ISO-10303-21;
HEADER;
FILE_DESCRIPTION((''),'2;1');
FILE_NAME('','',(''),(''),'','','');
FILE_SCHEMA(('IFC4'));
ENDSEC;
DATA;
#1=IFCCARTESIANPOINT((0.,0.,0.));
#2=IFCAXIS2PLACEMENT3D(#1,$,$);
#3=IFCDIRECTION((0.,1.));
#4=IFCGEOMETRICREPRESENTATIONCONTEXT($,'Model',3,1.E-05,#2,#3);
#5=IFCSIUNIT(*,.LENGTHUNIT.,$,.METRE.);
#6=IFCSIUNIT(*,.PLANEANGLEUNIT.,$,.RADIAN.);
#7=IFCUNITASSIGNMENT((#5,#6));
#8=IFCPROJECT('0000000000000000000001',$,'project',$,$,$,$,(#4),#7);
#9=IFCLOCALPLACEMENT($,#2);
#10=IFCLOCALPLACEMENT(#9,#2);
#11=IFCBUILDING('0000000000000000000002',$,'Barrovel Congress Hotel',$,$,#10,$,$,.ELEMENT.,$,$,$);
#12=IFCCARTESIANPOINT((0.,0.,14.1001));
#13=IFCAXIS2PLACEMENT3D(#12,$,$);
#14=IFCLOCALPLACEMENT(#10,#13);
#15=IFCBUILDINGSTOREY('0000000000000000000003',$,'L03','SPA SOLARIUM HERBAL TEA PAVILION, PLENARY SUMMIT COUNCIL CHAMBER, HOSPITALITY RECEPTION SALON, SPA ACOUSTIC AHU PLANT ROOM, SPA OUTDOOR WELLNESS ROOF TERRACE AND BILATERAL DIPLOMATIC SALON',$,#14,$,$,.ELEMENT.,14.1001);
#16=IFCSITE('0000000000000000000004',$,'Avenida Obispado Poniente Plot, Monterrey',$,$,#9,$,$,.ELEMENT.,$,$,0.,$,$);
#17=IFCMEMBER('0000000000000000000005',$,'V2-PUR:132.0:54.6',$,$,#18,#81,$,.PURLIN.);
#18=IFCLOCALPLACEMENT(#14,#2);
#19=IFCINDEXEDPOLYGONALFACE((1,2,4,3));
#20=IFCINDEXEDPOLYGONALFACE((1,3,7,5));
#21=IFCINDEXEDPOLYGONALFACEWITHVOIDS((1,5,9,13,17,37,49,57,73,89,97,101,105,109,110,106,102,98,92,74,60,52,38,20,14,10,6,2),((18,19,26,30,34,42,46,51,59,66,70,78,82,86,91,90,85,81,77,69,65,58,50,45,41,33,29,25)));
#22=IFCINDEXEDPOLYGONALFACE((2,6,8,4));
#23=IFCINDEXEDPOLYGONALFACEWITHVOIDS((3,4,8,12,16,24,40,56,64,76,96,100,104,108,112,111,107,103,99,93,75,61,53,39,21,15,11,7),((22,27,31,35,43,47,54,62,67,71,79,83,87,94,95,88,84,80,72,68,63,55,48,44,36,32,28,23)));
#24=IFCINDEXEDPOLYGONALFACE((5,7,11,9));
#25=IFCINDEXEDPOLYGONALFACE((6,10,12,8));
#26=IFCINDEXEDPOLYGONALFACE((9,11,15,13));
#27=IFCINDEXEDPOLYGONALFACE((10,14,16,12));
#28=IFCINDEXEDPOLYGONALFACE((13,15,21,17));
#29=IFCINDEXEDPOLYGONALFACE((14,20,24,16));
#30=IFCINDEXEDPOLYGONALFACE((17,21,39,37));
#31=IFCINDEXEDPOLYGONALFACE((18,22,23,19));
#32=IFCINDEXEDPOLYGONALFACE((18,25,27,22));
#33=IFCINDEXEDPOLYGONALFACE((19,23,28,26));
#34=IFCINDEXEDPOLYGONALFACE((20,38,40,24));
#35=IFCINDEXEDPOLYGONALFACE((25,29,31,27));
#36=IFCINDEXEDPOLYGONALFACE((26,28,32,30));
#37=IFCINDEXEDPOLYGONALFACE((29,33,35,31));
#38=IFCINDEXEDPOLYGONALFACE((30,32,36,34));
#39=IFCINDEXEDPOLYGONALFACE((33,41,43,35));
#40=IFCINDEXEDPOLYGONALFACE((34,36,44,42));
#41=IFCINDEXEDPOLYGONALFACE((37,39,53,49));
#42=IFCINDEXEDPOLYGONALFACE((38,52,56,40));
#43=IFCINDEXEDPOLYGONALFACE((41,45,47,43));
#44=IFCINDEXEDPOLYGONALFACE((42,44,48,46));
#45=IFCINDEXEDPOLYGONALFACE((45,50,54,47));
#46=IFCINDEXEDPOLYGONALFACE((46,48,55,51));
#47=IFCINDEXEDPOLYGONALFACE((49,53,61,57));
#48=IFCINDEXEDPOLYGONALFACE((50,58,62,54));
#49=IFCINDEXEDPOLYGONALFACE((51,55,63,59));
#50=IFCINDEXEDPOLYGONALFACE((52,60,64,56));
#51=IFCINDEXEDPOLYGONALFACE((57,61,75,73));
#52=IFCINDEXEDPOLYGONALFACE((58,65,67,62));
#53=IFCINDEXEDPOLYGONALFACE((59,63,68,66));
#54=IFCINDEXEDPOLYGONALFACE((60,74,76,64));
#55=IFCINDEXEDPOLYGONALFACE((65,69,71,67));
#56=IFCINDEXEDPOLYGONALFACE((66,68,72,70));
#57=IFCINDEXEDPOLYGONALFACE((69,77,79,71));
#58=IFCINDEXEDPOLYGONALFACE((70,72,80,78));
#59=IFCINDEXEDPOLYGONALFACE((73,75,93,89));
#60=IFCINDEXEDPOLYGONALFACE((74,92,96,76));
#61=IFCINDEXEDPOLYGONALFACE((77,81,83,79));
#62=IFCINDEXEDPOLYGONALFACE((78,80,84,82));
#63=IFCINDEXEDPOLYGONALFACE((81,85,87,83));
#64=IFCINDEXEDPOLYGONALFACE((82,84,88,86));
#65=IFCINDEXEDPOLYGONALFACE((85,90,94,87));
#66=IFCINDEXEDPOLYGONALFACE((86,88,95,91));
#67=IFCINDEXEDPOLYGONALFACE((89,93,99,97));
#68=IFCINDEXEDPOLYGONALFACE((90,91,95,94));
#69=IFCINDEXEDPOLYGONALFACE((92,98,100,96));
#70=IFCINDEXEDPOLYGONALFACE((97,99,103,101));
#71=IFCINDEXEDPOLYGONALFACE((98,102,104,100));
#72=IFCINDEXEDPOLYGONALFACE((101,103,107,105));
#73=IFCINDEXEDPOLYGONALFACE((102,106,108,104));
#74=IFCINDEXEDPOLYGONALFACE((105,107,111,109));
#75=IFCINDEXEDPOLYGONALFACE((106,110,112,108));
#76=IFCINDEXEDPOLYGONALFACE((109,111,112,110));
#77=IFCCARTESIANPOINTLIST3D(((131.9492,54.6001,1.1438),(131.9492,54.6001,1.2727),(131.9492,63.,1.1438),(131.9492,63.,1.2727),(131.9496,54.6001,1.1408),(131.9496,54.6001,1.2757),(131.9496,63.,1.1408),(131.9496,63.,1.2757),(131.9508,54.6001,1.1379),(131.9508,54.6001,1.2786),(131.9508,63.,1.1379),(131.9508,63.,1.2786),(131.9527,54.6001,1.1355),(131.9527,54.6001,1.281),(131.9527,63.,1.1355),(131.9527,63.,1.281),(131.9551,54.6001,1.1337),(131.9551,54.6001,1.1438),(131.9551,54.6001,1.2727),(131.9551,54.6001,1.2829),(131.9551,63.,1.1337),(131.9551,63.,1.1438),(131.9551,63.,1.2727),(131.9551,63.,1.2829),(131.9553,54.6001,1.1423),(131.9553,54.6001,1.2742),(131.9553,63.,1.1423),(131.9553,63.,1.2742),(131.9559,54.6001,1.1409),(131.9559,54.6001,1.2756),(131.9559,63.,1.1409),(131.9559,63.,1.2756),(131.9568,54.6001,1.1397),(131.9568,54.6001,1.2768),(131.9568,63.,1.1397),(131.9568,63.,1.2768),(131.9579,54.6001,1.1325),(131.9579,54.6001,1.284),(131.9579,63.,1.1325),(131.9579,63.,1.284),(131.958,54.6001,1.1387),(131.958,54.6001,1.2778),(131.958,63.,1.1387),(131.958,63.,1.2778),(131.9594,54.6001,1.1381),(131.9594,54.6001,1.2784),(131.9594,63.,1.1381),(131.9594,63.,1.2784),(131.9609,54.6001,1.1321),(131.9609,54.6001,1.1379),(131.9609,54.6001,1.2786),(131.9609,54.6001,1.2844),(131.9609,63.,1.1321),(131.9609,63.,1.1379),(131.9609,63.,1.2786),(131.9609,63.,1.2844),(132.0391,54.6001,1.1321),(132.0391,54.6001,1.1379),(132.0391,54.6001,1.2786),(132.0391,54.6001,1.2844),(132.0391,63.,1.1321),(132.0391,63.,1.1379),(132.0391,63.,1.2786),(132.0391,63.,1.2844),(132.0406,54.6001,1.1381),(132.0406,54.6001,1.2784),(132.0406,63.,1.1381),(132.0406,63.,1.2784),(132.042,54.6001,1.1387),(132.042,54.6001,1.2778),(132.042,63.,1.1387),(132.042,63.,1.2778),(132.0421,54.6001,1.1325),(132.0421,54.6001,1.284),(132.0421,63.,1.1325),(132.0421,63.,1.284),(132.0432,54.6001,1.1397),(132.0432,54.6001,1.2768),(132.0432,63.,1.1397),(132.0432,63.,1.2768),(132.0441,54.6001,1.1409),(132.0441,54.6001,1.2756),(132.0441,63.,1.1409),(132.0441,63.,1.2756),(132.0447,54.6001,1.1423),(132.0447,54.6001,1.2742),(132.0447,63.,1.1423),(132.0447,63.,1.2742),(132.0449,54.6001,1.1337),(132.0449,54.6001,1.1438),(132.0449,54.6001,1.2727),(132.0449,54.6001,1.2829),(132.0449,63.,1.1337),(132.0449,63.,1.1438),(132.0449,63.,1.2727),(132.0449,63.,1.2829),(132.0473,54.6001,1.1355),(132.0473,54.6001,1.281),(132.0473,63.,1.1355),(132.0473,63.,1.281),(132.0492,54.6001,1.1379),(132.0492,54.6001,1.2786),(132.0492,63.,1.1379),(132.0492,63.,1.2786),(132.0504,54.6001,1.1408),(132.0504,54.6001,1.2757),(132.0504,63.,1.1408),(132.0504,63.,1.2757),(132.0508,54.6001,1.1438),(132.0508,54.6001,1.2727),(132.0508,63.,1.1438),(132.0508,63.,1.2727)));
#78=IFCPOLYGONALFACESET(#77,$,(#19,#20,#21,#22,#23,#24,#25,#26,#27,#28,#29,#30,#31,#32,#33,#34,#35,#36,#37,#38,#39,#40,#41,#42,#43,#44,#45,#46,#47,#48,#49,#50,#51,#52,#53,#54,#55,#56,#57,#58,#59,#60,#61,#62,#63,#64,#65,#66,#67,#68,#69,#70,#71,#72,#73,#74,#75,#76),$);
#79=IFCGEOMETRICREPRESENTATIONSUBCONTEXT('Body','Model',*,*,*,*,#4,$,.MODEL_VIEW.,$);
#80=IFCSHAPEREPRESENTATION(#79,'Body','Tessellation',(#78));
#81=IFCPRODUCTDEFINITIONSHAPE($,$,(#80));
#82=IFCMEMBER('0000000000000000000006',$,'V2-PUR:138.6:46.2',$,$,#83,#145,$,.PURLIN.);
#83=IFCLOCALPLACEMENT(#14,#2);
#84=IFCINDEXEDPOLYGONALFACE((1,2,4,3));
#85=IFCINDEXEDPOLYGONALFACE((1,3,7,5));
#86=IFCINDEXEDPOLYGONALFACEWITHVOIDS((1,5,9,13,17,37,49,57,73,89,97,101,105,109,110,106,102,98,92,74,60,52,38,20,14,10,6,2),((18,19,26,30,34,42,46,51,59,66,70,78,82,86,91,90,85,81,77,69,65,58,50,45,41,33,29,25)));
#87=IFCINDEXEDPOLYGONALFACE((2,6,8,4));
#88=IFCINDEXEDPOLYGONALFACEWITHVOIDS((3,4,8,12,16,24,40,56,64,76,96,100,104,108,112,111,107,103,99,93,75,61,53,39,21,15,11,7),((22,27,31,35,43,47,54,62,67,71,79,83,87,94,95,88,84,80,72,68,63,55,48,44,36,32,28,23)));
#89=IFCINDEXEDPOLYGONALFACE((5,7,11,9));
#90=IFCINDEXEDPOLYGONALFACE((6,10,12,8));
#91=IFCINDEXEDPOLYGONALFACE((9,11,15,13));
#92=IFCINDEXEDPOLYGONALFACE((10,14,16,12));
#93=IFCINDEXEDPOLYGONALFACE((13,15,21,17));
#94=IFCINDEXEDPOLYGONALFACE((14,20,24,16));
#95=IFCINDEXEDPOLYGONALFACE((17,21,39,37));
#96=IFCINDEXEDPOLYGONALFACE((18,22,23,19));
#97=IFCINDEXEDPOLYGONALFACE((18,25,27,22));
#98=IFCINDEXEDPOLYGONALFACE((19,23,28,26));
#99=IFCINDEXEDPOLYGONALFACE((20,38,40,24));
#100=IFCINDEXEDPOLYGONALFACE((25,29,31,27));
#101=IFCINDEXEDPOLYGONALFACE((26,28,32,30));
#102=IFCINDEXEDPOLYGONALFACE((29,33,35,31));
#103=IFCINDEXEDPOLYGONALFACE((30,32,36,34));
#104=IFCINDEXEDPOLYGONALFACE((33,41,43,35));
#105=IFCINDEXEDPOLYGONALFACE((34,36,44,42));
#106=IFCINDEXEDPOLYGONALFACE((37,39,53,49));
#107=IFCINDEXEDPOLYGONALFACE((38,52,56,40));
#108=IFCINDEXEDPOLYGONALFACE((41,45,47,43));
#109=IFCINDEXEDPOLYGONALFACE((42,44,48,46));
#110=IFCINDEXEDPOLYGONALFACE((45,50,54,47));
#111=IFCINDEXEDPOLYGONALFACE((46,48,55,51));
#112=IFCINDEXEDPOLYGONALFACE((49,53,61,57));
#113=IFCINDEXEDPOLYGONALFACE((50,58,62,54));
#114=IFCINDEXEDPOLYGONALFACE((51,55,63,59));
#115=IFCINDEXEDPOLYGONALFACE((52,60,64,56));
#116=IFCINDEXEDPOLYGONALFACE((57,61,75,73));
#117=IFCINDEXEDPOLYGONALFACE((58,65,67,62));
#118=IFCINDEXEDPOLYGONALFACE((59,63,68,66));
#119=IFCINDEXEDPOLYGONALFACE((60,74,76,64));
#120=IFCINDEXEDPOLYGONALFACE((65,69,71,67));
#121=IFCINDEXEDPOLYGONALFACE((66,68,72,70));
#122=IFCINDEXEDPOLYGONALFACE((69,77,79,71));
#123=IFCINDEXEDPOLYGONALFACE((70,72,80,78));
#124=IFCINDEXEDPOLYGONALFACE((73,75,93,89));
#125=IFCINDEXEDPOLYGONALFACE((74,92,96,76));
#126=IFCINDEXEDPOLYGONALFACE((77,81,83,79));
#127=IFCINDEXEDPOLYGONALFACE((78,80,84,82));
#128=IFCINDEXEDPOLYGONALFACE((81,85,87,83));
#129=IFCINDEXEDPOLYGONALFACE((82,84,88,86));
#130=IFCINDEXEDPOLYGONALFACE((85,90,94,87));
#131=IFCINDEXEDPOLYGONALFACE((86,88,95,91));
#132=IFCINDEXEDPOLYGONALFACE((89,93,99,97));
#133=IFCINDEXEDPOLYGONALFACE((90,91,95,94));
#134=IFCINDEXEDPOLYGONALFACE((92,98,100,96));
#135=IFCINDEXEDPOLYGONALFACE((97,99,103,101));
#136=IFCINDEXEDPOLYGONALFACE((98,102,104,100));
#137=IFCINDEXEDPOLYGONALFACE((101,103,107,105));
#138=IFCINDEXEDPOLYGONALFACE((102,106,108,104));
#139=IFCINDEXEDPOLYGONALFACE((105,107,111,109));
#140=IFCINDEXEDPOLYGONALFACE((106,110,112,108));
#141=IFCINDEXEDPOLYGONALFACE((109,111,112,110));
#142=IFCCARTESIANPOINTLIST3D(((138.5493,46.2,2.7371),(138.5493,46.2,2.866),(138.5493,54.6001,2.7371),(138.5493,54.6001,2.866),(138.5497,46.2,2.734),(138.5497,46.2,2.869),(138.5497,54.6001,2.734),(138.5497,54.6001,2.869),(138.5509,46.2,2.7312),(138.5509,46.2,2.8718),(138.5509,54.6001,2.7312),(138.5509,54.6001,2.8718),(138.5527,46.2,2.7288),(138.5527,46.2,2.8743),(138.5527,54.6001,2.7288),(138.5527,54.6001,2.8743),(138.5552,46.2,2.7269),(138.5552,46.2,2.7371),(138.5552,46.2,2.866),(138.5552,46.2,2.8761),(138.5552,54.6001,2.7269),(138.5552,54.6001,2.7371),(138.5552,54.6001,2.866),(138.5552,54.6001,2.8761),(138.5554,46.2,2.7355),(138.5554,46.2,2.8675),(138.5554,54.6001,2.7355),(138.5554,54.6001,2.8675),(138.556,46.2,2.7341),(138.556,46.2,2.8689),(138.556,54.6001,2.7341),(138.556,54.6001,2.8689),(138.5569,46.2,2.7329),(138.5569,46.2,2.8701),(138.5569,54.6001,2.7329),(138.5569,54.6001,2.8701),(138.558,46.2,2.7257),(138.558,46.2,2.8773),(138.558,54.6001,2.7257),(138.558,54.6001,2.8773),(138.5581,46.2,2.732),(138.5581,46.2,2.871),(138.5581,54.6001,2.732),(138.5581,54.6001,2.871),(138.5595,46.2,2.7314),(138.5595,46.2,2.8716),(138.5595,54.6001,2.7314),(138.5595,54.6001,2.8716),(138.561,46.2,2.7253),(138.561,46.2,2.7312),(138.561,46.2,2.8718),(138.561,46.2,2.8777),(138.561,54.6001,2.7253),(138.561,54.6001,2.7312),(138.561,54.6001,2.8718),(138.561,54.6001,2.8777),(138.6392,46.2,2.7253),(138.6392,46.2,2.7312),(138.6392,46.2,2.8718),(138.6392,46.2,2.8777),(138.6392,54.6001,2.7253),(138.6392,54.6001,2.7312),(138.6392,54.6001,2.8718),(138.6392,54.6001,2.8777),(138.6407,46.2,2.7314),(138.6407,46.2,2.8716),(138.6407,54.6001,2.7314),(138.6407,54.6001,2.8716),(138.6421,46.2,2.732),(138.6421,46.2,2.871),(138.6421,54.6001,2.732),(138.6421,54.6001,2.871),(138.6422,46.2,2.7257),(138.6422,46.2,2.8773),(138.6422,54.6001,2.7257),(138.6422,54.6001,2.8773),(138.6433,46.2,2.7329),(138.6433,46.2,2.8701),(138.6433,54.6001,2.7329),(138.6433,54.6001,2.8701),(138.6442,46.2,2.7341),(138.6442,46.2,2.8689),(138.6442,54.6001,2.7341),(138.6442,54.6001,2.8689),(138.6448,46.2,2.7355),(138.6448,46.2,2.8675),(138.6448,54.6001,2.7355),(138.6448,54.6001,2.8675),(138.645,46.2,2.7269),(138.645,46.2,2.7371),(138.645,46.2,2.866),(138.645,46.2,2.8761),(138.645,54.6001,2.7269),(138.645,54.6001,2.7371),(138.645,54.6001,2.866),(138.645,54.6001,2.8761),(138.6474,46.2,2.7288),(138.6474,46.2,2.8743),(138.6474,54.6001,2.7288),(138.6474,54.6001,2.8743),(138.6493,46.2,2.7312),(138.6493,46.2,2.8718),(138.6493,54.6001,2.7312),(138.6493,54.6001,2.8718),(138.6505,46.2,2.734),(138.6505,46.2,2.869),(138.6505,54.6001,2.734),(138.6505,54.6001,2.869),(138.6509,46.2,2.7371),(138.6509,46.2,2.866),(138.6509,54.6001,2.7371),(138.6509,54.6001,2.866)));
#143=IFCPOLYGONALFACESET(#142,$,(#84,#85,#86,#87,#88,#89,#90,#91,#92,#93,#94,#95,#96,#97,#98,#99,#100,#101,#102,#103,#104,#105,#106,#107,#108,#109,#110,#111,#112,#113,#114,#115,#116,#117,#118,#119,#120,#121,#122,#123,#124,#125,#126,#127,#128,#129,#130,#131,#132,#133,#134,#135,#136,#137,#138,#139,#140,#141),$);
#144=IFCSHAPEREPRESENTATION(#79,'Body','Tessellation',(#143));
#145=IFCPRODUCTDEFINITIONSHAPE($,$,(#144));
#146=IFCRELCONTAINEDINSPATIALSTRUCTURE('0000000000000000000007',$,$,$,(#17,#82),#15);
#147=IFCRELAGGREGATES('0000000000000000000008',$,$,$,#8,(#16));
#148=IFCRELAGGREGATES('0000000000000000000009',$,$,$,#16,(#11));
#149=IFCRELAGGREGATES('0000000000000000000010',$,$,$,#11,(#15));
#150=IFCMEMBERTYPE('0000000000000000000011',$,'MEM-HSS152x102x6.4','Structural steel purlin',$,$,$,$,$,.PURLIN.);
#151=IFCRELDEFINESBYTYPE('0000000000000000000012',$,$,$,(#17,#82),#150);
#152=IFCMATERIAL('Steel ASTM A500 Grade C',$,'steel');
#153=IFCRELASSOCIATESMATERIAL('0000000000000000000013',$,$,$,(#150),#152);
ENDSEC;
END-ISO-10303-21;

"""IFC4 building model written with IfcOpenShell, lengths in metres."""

from ifc_helpers import new_model, si_unit, direction, frame, origin, origin_2d, place, context, subcontext, project, spatial, hollow_rectangle, extrude, material, material_profile, profile_set, type_object, element, save


model = new_model("IFC4")

# Units and contexts
model_context = context("Model", 3, precision=1e-05, world=origin(), true_north=direction((0.0, 1.0)))
body_context = subcontext(model_context, "Body", "Model", "MODEL_VIEW")
ifc_project = project(units=[si_unit("LENGTHUNIT", "METRE"), si_unit("PLANEANGLEUNIT", "RADIAN")], contexts=[model_context])

# Site, building, storey
site_placement = place(None, origin())
site = spatial("IfcSite", under=ifc_project, at=site_placement, Name="Avenida Obispado Poniente Plot, Monterrey", CompositionType="ELEMENT", RefElevation=0.0)
building_placement = place(site_placement, origin())
building = spatial("IfcBuilding", under=site, at=building_placement, Name="Barrovel Congress Hotel", CompositionType="ELEMENT")
storey_placement = place(building_placement, frame((0.0, 0.0, 14.1001)))
storey = spatial("IfcBuildingStorey", under=building, at=storey_placement, Name="L03", Description="SPA SOLARIUM HERBAL TEA PAVILION, PLENARY SUMMIT COUNCIL CHAMBER, HOSPITALITY RECEPTION SALON, SPA ACOUSTIC AHU PLANT ROOM, SPA OUTDOOR WELLNESS ROOF TERRACE AND BILATERAL DIPLOMATIC SALON", CompositionType="ELEMENT", Elevation=14.1001)

# Members
ifc_material_1 = material(Name="Steel ASTM A500 Grade C", Category="steel")
ifc_material_profile_1 = material_profile(ifc_material_1, hollow_rectangle(XDim=0.1016, YDim=0.1523, WallThickness=0.0059, InnerFilletRadius=0.0059, OuterFilletRadius=0.0117, at=origin_2d()), Name="HSS152x102x6.4")
ifc_profile_set_1 = profile_set([ifc_material_profile_1], Name="Steel ASTM A500 Grade C")
member_type_1 = type_object("IfcMemberType", Name="MEM-HSS152x102x6.4", Description="Structural steel purlin", PredefinedType="PURLIN", material=ifc_profile_set_1)
member_1_placement = place(storey_placement, frame((132.0, 54.6001, 1.2083), z_axis=(0.0, 1.0, 0.0), x_axis=(-1.0, 0.0, 0.0)))
element("IfcMember", 1, at=member_1_placement, inside=storey, type_object=member_type_1, Name="V2-PUR:132.0:54.6", PredefinedType="PURLIN", context=body_context, shape_type="SweptSolid", body=[
    extrude(hollow_rectangle(XDim=0.1016, YDim=0.1523, WallThickness=0.0059, InnerFilletRadius=0.0059, OuterFilletRadius=0.0117, at=origin_2d()), origin(), (0.0, 0.0, 1.0), 8.3999),
])
member_2_placement = place(storey_placement, frame((138.6001, 46.2, 2.8015), z_axis=(0.0, 1.0, 0.0), x_axis=(-1.0, 0.0, 0.0)))
element("IfcMember", 2, at=member_2_placement, inside=storey, type_object=member_type_1, Name="V2-PUR:138.6:46.2", PredefinedType="PURLIN", context=body_context, shape_type="SweptSolid", body=[
    extrude(hollow_rectangle(XDim=0.1016, YDim=0.1523, WallThickness=0.0059, InnerFilletRadius=0.0059, OuterFilletRadius=0.0117, at=origin_2d()), origin(), (0.0, 0.0, 1.0), 8.4001),
])

save(model, "model.ifc")
